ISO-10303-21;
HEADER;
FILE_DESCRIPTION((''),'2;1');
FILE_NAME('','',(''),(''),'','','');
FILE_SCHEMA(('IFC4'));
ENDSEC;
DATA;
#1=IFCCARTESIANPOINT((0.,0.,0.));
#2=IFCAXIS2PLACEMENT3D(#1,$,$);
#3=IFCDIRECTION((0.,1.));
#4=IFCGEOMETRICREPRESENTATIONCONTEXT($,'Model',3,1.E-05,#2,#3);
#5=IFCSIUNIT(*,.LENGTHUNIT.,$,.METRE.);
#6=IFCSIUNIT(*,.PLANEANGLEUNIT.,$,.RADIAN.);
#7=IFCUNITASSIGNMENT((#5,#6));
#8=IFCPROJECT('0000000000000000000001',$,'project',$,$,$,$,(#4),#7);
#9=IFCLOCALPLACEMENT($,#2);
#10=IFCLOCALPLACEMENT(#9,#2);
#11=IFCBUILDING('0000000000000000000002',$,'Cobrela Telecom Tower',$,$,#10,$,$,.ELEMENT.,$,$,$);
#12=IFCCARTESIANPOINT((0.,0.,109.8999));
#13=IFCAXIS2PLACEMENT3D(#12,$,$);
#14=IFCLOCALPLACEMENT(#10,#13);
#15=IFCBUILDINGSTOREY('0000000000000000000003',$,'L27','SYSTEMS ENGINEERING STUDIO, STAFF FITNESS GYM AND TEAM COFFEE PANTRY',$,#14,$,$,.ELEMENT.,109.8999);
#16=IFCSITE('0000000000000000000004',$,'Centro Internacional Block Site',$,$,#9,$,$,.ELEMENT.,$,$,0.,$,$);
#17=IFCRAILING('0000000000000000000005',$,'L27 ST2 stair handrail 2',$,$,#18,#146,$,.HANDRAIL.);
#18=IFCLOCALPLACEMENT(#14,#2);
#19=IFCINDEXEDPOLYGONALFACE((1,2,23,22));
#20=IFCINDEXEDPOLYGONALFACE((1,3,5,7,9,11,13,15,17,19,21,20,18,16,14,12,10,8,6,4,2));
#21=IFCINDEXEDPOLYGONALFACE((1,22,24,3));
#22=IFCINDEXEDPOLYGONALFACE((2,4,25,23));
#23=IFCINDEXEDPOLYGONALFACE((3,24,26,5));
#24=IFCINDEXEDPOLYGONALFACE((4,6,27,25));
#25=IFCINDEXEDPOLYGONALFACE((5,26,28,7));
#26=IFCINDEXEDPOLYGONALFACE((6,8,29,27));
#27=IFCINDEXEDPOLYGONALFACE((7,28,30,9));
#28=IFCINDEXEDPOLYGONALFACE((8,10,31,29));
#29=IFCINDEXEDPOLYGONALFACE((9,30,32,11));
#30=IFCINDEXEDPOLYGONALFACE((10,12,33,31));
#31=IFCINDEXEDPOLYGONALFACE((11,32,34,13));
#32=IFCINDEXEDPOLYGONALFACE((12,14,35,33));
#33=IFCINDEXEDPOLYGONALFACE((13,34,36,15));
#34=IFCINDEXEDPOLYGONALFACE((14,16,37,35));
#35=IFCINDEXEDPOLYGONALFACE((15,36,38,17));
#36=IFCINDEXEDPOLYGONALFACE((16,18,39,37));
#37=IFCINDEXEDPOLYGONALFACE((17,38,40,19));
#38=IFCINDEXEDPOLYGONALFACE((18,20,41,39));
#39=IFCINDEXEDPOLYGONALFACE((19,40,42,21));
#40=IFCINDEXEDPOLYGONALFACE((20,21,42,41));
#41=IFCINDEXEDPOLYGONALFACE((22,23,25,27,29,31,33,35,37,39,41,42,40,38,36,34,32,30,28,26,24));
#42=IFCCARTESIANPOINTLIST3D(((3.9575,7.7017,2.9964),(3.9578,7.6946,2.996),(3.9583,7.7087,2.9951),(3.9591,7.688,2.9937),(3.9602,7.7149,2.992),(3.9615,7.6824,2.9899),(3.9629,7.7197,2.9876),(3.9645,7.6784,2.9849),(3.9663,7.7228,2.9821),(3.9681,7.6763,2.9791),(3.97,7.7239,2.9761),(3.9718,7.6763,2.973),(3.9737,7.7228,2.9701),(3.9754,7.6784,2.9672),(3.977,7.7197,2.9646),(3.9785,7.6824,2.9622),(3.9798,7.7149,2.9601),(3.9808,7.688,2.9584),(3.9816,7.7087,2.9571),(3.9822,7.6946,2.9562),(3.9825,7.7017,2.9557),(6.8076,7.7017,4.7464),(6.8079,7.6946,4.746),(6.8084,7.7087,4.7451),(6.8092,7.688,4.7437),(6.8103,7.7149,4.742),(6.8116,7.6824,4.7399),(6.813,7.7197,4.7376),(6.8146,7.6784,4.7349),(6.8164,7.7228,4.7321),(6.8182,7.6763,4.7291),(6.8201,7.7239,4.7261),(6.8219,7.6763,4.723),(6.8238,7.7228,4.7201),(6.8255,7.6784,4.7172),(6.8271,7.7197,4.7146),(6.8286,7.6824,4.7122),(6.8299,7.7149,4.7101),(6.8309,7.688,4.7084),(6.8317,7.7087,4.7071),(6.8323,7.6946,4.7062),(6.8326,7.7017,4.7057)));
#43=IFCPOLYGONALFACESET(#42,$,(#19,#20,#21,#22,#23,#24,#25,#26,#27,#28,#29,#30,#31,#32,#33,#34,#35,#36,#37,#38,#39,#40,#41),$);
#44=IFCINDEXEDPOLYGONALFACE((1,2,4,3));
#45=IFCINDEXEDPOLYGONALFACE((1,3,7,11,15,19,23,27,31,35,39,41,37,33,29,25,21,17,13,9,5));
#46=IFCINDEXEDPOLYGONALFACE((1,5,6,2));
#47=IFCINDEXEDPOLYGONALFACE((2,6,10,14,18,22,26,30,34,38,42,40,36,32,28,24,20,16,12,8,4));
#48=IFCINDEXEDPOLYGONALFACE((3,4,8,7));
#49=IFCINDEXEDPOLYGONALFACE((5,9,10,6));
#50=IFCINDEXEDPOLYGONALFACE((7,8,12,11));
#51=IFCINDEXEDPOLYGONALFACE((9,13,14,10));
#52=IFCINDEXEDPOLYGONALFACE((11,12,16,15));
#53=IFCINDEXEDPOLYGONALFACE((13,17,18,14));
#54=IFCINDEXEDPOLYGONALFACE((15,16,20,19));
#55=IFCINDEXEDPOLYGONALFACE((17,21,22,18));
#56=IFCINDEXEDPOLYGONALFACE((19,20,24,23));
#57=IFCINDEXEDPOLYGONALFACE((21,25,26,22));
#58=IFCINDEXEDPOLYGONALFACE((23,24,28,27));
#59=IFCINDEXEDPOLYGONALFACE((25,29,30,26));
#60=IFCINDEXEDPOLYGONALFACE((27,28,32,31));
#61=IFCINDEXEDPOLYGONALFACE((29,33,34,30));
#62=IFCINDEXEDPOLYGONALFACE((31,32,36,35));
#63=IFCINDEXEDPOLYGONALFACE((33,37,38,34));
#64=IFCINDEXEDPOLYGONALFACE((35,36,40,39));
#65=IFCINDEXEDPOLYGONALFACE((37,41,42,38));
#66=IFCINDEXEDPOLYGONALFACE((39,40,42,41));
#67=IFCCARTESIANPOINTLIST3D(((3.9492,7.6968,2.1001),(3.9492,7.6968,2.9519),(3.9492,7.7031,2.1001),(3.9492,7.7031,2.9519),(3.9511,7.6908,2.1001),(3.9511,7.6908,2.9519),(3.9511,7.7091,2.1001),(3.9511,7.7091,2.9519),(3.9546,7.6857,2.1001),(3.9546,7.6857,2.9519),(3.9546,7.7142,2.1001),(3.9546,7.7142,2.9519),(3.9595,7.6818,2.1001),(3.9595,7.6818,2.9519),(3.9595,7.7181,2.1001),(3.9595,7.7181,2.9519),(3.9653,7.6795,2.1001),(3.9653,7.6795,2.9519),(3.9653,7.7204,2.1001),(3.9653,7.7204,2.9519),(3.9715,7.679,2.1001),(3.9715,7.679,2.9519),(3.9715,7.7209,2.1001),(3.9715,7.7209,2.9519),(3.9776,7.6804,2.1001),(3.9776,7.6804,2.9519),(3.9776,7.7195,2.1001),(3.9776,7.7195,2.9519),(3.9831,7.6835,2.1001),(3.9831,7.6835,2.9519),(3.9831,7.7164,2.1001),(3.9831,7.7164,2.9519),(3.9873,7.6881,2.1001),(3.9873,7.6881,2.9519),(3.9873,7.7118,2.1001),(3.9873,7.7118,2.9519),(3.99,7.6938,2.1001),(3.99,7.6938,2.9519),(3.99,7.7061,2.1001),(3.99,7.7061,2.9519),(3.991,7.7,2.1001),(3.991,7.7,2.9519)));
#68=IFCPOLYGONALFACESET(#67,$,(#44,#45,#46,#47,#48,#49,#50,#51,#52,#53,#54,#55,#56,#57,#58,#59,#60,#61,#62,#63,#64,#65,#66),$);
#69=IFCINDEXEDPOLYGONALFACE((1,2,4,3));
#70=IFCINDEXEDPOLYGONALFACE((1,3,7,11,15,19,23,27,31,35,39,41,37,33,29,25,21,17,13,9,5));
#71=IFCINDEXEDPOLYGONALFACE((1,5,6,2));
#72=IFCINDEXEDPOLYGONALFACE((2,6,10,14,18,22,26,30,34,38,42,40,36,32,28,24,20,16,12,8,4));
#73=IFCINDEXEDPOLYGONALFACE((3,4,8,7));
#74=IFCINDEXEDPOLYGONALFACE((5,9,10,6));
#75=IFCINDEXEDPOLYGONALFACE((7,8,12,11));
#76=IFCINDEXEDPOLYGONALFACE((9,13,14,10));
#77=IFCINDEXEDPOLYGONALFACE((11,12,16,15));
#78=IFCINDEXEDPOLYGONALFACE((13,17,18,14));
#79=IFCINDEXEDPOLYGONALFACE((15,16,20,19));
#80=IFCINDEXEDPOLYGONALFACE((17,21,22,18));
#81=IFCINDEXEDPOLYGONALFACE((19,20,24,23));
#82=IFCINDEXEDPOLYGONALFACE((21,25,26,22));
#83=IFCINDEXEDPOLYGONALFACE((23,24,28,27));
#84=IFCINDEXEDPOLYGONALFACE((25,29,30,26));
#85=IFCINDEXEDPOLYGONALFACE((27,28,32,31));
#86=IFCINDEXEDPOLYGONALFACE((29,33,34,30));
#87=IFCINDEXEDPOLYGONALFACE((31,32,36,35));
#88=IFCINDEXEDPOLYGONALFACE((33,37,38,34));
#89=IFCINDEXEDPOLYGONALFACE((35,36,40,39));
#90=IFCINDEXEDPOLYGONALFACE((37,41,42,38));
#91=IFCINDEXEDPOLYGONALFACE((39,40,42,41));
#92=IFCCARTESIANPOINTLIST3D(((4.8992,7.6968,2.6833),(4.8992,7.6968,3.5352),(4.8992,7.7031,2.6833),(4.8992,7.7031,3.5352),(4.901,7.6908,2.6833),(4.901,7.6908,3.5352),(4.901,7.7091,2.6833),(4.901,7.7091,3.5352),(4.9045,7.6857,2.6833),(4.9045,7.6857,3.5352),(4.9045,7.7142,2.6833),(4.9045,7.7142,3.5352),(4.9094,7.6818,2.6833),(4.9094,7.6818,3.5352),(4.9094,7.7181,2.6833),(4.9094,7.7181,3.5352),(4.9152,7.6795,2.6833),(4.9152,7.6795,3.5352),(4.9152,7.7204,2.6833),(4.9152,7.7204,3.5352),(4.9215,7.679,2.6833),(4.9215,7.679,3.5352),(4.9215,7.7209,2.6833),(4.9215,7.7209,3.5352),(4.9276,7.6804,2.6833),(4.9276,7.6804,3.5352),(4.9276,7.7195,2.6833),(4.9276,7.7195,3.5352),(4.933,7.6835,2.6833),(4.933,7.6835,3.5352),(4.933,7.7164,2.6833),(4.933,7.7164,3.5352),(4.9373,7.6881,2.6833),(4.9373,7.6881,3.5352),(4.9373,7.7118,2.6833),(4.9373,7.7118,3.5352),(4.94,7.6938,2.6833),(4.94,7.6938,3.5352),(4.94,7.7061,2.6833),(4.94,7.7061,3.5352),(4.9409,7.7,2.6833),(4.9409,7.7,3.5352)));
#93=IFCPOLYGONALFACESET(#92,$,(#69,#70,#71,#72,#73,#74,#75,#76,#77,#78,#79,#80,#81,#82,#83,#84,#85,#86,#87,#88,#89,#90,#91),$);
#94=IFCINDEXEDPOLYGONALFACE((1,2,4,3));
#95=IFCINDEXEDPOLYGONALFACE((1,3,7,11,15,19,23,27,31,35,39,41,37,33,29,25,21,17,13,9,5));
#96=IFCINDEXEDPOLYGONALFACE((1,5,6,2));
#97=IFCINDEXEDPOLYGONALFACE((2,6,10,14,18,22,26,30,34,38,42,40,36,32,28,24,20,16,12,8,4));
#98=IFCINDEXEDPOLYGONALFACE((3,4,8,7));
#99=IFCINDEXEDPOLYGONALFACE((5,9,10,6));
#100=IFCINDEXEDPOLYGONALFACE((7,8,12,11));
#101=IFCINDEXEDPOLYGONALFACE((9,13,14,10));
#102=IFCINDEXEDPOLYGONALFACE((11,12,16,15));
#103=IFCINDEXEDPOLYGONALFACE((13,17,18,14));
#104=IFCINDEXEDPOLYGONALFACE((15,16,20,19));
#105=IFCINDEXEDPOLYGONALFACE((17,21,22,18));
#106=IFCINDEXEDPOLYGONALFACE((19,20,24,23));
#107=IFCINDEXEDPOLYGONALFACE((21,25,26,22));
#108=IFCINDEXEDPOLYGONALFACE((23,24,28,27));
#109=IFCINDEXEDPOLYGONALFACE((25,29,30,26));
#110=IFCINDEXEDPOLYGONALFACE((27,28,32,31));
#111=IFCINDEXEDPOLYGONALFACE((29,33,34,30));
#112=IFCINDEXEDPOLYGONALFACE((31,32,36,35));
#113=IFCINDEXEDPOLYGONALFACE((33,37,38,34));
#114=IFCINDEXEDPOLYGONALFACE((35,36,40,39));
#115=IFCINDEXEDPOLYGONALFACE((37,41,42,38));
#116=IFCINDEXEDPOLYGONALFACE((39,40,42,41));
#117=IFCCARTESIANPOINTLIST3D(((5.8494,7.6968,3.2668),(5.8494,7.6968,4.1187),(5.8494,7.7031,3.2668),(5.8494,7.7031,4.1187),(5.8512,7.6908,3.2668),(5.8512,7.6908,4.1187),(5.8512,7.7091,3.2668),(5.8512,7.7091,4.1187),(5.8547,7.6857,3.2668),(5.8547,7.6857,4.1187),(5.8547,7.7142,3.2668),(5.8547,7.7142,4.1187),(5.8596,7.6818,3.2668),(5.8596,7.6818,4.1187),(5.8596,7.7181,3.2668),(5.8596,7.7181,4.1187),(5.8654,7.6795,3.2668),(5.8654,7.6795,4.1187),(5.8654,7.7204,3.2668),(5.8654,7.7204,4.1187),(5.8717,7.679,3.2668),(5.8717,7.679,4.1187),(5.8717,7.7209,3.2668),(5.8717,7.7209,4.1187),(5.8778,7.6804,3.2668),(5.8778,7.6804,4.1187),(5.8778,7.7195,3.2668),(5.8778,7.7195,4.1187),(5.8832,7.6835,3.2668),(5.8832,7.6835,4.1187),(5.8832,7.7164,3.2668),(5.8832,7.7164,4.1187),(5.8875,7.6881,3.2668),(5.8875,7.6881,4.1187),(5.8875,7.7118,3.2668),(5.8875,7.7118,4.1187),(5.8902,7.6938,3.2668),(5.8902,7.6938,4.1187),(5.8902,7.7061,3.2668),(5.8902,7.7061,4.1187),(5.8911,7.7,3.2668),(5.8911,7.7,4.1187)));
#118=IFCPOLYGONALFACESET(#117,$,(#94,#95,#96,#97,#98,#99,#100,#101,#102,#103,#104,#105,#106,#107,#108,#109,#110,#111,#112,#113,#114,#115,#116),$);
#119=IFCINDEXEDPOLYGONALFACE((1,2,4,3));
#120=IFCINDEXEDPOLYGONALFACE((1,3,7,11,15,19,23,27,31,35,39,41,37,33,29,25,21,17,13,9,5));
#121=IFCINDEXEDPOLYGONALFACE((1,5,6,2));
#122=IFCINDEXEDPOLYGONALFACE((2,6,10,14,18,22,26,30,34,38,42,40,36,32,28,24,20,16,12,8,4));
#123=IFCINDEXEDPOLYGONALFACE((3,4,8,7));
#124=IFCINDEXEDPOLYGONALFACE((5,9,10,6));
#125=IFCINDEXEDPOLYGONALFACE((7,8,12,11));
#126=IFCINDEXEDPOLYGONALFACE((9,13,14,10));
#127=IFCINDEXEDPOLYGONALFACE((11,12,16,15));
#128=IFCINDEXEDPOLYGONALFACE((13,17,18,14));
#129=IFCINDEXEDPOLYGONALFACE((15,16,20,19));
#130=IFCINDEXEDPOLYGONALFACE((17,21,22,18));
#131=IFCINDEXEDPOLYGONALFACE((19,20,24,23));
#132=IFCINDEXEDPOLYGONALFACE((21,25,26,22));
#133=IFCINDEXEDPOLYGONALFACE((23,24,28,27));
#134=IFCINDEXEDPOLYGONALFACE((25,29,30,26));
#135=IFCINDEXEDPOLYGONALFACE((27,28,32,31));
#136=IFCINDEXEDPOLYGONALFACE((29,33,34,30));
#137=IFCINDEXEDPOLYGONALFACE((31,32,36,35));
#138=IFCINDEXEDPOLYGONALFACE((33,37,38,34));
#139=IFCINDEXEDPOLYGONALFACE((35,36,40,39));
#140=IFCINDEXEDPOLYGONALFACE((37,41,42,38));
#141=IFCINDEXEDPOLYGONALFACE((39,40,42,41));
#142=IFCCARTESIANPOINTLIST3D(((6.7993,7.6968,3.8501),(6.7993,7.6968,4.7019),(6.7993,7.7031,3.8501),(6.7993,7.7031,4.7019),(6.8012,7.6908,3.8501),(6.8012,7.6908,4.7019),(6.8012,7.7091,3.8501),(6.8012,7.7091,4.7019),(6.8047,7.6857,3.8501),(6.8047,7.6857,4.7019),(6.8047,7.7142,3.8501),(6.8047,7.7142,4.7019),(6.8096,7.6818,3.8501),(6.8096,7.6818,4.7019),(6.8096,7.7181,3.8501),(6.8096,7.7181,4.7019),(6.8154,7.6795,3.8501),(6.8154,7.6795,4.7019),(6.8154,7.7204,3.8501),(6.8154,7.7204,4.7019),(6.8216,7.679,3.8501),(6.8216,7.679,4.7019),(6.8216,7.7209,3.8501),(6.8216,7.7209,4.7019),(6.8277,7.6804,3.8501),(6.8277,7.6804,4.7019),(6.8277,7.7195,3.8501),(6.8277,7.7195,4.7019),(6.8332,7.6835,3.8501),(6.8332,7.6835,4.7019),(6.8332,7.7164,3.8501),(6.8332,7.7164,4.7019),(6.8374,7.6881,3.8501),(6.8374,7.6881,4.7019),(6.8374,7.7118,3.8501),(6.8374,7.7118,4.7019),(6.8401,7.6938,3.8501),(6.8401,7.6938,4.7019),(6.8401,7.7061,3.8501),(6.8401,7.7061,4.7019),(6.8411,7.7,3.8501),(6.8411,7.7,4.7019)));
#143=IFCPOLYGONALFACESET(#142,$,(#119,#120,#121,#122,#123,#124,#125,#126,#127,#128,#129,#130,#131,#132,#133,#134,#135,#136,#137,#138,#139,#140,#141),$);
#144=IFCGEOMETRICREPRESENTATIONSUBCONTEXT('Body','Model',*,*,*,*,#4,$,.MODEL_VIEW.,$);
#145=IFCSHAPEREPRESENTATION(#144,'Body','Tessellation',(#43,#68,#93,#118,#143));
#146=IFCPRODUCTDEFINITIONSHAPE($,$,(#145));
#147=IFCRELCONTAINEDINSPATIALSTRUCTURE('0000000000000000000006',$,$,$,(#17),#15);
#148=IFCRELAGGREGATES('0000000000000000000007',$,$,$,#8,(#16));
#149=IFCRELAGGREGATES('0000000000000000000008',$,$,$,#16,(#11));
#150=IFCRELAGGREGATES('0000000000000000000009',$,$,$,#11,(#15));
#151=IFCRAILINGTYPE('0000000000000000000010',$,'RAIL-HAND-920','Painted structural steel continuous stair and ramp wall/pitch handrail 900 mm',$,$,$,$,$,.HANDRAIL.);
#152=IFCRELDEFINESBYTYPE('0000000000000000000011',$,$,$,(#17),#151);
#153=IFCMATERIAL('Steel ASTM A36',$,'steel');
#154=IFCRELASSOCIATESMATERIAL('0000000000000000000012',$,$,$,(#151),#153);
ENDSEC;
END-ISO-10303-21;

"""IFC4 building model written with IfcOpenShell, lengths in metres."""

from ifc_helpers import new_model, si_unit, direction, frame, origin, origin_2d, place, context, subcontext, project, spatial, circle, extrude, material, type_object, element, save


model = new_model("IFC4")

# Units and contexts
model_context = context("Model", 3, precision=1e-05, world=origin(), true_north=direction((0.0, 1.0)))
body_context = subcontext(model_context, "Body", "Model", "MODEL_VIEW")
ifc_project = project(units=[si_unit("LENGTHUNIT", "METRE"), si_unit("PLANEANGLEUNIT", "RADIAN")], contexts=[model_context])

# Site, building, storey
site_placement = place(None, origin())
site = spatial("IfcSite", under=ifc_project, at=site_placement, Name="Centro Internacional Block Site", CompositionType="ELEMENT", RefElevation=0.0)
building_placement = place(site_placement, origin())
building = spatial("IfcBuilding", under=site, at=building_placement, Name="Cobrela Telecom Tower", CompositionType="ELEMENT")
storey_placement = place(building_placement, frame((0.0, 0.0, 109.8999)))
storey = spatial("IfcBuildingStorey", under=building, at=storey_placement, Name="L27", Description="SYSTEMS ENGINEERING STUDIO, STAFF FITNESS GYM AND TEAM COFFEE PANTRY", CompositionType="ELEMENT", Elevation=109.8999)

# Railing
ifc_material_1 = material(Name="Steel ASTM A36", Category="steel")
railing_type_1 = type_object("IfcRailingType", Name="RAIL-HAND-920", Description="Painted structural steel continuous stair and ramp wall/pitch handrail 900 mm", PredefinedType="HANDRAIL", material=ifc_material_1)
railing_1_placement = place(storey_placement, frame((3.97, 7.7, 2.1001)))
element("IfcRailing", 1, at=railing_1_placement, inside=storey, type_object=railing_type_1, Name="L27 ST2 stair handrail 2", PredefinedType="HANDRAIL", context=body_context, shape_type="SweptSolid", body=[
    extrude(circle(Radius=0.0239, at=origin_2d()), frame((0.0, 0.0, 0.876), z_axis=(0.852179, 0.0, 0.52325), x_axis=(0.0, 1.0, 0.0)), (0.0, 0.0, 1.0), 3.3445),
    extrude(circle(Radius=0.021, at=origin_2d()), origin(), (0.0, 0.0, 1.0), 0.8518),
    extrude(circle(Radius=0.021, at=origin_2d()), frame((0.95, 0.0, 0.5833)), (0.0, 0.0, 1.0), 0.8518),
    extrude(circle(Radius=0.021, at=origin_2d()), frame((1.9001, 0.0, 1.1667)), (0.0, 0.0, 1.0), 0.8518),
    extrude(circle(Radius=0.021, at=origin_2d()), frame((2.8501, 0.0, 1.75)), (0.0, 0.0, 1.0), 0.8518),
])

save(model, "model.ifc")
